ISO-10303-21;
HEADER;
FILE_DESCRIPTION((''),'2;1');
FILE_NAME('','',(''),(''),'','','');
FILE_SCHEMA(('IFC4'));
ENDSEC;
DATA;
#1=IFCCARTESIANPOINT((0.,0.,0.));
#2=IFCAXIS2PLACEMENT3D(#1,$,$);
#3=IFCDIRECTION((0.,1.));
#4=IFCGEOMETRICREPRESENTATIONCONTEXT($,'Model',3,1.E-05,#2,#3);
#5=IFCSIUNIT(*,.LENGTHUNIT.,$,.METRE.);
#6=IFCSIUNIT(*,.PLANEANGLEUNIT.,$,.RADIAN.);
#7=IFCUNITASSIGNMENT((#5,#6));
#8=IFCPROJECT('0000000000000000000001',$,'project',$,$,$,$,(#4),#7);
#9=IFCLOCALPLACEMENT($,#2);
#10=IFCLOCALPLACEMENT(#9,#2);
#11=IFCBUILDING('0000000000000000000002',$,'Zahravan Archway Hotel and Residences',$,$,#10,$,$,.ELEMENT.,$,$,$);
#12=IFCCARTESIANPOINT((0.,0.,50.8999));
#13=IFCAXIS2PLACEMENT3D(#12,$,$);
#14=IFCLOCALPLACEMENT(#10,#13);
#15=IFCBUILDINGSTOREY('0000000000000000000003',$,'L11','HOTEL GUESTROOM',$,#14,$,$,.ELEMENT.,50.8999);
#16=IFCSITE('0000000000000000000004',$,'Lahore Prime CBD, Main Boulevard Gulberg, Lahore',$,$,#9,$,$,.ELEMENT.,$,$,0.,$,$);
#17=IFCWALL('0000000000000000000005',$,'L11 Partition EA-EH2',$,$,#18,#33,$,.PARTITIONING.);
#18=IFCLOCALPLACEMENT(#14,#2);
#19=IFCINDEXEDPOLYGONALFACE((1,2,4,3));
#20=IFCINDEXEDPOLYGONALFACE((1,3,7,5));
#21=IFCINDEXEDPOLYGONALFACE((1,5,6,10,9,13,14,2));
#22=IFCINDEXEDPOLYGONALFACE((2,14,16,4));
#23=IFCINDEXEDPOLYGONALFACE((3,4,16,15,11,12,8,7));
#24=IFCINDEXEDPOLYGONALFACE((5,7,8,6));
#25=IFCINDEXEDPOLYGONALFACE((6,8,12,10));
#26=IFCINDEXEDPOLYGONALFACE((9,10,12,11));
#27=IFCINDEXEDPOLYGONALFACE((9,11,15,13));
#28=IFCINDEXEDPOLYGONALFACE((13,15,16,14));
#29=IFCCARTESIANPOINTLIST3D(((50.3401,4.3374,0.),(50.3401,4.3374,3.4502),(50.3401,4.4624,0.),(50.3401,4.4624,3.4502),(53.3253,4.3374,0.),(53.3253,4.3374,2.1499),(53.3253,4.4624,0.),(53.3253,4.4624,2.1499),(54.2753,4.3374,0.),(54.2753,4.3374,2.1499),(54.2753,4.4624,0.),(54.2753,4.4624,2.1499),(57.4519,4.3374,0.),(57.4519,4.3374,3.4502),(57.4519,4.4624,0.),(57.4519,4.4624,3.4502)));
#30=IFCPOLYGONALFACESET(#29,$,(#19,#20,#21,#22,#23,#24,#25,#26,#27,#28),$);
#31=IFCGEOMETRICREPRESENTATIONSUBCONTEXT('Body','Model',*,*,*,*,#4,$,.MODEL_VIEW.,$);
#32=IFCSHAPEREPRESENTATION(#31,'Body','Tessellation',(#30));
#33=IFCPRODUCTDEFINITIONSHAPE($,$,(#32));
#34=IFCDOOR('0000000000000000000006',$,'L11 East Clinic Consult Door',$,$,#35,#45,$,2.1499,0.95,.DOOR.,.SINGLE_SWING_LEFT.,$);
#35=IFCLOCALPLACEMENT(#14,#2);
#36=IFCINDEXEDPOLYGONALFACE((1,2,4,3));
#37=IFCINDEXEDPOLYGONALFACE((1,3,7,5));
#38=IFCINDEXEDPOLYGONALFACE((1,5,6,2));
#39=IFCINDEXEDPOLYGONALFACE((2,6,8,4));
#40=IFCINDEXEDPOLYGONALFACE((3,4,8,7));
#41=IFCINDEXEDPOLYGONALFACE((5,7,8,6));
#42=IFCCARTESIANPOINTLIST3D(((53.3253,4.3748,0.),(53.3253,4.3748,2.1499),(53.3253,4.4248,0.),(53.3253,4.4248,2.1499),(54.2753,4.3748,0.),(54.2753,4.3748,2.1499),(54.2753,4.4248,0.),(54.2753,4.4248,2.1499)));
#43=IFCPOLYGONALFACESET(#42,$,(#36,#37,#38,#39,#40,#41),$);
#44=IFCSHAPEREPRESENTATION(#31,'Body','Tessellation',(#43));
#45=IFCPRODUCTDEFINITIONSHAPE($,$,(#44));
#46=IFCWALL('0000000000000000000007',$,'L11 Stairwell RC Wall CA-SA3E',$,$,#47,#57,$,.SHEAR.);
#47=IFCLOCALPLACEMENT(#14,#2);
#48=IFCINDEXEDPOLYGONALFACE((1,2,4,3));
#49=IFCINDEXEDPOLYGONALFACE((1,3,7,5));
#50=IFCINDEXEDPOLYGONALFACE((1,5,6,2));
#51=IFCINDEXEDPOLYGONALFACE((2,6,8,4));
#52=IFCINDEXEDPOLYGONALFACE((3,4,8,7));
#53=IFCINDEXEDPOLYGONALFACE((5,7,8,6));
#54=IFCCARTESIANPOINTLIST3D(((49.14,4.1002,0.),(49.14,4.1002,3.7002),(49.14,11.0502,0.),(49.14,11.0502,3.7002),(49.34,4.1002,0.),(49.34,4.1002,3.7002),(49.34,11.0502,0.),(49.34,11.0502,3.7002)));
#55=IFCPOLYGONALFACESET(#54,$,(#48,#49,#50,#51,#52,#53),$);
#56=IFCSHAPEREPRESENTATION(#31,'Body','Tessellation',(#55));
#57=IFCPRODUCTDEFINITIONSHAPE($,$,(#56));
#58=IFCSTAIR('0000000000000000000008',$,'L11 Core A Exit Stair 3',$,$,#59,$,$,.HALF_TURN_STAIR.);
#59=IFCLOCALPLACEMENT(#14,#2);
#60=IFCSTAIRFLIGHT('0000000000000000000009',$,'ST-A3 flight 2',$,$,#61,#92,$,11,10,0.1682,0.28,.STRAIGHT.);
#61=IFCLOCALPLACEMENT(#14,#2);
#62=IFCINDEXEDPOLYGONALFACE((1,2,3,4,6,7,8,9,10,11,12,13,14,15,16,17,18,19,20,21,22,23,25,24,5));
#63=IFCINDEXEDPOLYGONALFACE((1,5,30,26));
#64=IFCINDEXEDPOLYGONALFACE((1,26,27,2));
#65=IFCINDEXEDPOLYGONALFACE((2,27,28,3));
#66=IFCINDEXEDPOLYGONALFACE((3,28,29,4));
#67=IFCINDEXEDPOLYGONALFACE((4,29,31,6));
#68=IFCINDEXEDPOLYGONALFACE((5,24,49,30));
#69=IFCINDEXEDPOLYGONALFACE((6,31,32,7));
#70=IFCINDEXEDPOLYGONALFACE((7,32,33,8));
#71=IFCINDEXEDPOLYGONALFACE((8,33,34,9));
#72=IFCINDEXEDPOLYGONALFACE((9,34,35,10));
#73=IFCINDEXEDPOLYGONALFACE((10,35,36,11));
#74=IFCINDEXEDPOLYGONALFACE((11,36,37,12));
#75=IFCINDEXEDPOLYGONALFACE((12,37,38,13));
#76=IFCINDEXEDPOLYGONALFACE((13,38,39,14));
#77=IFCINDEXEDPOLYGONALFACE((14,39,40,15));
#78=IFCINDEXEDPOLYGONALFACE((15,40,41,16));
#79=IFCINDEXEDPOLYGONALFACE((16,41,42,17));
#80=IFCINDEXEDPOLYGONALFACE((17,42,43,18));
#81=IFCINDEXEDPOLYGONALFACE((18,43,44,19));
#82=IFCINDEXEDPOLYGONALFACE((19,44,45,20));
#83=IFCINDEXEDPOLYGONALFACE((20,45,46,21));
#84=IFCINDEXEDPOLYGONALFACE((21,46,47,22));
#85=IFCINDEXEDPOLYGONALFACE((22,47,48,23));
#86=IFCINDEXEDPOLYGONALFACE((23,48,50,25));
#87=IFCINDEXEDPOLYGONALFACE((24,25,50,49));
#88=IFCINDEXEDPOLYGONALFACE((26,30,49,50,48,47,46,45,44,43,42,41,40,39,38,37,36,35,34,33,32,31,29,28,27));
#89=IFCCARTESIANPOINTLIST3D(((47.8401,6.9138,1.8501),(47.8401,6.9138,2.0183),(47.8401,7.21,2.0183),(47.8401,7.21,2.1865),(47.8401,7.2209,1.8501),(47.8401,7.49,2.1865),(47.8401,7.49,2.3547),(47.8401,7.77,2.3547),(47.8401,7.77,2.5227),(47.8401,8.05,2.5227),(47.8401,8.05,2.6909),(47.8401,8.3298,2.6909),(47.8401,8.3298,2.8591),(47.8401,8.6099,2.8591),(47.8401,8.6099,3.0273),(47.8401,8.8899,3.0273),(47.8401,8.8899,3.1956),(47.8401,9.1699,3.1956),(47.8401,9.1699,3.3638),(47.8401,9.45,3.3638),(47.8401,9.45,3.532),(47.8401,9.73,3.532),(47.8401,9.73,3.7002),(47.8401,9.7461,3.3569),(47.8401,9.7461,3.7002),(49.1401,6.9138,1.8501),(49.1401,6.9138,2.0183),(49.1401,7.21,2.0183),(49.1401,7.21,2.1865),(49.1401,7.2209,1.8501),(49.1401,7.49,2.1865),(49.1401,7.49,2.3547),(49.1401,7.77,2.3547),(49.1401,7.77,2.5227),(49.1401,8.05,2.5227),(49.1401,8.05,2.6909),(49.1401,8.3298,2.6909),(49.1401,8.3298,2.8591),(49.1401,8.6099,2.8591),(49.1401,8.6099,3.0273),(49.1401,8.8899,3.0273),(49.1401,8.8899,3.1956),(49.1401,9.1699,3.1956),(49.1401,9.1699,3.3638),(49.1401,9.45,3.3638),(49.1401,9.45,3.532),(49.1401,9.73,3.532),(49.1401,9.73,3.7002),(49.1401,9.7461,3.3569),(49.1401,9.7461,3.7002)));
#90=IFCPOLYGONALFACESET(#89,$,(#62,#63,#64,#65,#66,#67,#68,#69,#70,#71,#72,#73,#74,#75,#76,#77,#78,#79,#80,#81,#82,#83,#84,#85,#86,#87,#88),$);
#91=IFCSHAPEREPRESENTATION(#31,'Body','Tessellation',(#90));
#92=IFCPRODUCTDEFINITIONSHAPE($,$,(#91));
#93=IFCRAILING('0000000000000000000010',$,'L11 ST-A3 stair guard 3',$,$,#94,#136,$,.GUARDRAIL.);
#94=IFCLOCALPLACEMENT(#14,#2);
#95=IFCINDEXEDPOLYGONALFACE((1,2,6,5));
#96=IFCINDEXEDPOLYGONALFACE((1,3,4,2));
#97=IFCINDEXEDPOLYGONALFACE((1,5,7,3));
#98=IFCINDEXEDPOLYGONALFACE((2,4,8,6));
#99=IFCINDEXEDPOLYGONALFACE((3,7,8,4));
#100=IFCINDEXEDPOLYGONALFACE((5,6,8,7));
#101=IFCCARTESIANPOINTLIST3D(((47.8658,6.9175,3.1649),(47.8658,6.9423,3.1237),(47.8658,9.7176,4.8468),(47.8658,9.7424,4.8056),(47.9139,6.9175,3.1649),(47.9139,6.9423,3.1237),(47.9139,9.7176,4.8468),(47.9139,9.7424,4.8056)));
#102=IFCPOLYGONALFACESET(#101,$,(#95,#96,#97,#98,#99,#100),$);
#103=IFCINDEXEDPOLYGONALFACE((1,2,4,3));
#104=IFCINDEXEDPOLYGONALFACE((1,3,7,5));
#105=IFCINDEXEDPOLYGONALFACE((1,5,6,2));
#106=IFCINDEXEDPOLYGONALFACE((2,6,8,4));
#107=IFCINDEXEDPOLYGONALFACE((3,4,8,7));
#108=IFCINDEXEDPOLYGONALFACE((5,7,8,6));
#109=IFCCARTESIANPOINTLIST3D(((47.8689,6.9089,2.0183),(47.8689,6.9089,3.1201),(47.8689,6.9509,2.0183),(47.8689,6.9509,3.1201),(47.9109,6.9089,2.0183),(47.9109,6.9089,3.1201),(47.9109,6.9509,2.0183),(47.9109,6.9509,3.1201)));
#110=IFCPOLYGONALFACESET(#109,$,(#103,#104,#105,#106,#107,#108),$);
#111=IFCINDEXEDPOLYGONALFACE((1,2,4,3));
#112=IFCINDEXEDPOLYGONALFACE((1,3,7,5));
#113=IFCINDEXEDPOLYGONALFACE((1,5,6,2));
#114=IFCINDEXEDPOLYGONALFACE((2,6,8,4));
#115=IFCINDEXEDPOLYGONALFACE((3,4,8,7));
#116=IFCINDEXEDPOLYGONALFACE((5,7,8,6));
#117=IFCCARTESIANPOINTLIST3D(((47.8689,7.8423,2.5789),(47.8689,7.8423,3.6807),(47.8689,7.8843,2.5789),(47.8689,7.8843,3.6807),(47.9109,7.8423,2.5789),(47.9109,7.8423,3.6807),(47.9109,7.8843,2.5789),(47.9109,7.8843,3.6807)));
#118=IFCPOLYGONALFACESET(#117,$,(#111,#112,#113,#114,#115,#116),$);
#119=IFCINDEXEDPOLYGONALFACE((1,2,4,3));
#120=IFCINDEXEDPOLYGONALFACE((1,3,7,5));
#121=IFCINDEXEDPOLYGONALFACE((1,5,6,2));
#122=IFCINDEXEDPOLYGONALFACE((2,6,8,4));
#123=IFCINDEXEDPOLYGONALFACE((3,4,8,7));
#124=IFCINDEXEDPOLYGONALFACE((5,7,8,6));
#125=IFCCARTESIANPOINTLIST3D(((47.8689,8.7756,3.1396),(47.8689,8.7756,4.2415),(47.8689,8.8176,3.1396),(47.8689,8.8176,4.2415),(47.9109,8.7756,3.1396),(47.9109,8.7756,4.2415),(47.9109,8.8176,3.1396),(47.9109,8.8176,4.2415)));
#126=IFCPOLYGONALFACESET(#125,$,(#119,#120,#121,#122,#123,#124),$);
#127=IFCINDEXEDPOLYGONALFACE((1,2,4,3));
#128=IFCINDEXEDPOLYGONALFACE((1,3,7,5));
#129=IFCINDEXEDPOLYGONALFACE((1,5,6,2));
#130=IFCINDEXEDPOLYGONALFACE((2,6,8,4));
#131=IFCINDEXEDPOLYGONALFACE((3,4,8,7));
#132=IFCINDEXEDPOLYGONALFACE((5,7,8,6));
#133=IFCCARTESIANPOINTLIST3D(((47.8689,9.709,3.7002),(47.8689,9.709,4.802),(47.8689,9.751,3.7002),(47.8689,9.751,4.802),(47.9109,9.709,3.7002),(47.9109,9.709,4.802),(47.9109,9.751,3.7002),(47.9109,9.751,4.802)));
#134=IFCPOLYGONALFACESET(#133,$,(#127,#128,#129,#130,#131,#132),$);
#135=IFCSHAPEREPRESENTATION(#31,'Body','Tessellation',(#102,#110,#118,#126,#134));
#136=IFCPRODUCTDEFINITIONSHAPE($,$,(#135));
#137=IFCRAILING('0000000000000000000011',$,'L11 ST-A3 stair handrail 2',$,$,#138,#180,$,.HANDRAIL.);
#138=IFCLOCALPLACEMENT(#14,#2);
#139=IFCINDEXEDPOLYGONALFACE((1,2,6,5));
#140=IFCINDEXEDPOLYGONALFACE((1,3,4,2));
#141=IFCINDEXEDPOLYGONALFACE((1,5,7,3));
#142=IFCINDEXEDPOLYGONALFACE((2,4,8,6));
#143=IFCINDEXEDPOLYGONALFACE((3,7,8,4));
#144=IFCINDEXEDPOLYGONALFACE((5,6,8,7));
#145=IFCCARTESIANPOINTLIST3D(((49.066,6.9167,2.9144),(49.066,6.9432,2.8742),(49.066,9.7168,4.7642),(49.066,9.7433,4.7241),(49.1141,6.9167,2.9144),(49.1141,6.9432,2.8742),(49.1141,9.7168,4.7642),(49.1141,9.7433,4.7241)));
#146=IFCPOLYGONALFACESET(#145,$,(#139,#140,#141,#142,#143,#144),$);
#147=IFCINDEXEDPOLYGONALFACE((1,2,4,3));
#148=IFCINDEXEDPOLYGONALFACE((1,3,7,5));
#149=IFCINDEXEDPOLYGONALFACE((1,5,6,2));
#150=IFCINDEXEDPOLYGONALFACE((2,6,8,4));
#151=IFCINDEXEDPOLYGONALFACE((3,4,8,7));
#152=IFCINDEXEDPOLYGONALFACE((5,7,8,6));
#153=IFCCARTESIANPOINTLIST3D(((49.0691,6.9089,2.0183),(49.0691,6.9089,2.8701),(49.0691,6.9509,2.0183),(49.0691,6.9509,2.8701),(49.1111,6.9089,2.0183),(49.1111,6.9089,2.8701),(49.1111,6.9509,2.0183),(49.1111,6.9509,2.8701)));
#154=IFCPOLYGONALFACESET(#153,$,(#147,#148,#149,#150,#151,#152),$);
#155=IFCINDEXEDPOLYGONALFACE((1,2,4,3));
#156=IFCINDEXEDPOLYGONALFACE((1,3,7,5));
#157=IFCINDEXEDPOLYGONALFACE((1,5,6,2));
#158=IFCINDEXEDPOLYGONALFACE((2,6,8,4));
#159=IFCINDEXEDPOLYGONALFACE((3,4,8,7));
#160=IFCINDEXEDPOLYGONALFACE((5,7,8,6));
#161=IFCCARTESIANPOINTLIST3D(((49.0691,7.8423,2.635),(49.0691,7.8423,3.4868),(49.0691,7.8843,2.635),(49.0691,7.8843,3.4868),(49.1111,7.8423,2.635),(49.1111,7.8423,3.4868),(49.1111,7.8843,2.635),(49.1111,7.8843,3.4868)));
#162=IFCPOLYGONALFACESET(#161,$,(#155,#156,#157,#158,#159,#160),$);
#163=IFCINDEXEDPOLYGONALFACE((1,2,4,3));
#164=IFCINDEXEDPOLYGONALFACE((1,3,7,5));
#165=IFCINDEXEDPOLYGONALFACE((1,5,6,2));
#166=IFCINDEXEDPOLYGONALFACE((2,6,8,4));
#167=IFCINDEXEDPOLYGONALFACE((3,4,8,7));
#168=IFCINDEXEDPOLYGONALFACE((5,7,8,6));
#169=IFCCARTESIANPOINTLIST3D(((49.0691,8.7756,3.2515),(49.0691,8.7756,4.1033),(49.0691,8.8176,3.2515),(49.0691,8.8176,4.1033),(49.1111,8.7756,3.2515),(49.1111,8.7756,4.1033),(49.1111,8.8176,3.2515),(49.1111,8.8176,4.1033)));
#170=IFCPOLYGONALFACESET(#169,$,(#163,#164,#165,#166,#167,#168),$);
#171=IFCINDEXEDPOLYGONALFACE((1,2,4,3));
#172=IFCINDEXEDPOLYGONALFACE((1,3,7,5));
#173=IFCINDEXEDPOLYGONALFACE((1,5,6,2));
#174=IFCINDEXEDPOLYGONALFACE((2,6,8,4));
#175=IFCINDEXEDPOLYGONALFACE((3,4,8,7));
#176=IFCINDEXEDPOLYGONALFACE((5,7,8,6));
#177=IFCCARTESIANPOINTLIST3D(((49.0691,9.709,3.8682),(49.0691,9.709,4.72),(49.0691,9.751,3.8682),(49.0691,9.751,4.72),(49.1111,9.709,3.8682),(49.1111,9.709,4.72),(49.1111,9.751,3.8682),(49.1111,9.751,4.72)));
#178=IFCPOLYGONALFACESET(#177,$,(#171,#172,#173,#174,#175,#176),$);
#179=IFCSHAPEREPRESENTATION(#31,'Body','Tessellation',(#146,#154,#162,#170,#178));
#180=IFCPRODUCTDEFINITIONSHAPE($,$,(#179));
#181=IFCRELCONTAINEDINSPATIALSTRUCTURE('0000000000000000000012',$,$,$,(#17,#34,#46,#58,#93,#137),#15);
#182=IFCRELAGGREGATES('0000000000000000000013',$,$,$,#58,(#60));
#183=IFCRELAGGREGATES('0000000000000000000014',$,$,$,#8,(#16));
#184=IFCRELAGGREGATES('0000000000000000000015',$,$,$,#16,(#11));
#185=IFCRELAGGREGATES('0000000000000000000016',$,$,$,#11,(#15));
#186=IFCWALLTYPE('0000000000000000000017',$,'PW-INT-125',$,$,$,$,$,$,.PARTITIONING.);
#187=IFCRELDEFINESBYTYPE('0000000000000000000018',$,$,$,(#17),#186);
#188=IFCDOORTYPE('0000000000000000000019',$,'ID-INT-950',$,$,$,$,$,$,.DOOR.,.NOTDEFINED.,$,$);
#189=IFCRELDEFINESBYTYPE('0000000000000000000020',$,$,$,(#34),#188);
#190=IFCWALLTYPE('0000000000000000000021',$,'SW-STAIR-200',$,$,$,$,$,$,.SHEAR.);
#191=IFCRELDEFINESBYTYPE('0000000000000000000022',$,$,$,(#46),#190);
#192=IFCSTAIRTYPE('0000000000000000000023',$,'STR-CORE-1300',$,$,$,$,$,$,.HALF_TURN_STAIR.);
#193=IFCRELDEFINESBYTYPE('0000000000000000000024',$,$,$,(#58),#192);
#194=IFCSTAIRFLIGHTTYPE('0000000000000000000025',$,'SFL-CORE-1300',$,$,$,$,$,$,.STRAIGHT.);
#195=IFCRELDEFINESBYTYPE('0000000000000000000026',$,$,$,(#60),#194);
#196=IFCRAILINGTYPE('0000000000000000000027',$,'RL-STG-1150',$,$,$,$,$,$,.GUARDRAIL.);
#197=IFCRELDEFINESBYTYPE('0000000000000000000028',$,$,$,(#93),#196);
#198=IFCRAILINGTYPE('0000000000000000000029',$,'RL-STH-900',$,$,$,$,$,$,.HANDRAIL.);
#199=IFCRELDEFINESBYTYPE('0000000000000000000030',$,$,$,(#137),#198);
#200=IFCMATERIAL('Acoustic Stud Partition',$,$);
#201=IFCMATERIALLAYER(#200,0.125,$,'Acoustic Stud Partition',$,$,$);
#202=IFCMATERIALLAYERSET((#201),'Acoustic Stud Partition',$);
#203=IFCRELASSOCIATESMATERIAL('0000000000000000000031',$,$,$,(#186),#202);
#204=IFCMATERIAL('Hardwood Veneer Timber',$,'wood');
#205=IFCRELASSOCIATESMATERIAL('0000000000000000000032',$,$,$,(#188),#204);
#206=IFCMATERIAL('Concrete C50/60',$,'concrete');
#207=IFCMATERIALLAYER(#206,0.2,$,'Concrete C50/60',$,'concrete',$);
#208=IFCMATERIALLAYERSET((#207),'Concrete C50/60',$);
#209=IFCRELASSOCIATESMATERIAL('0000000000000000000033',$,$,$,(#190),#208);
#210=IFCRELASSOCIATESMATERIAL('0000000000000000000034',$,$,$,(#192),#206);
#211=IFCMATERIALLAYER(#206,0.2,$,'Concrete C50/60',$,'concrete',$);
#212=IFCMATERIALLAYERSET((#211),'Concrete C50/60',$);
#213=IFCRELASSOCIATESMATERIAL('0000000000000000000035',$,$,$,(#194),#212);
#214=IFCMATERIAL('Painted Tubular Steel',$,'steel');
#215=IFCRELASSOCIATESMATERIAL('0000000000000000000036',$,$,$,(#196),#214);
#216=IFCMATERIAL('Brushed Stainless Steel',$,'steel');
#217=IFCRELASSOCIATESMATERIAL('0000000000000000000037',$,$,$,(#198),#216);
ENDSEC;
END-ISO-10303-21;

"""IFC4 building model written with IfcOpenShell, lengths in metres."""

from ifc_helpers import new_model, si_unit, direction, frame, frame_2d, origin, origin_2d, place, context, subcontext, project, spatial, polyline, rectangle, outline, extrude, source, transform, mapped, material, layer, layer_set, type_object, type_shapes, element, fill, aggregate, save


model = new_model("IFC4")

# Units and contexts
model_context = context("Model", 3, precision=1e-05, world=origin(), true_north=direction((0.0, 1.0)))
body_context = subcontext(model_context, "Body", "Model", "MODEL_VIEW")
ifc_project = project(units=[si_unit("LENGTHUNIT", "METRE"), si_unit("PLANEANGLEUNIT", "RADIAN")], contexts=[model_context])

# Site, building, storey
site_placement = place(None, origin())
site = spatial("IfcSite", under=ifc_project, at=site_placement, Name="Lahore Prime CBD, Main Boulevard Gulberg, Lahore", CompositionType="ELEMENT", RefElevation=0.0)
building_placement = place(site_placement, origin())
building = spatial("IfcBuilding", under=site, at=building_placement, Name="Zahravan Archway Hotel and Residences", CompositionType="ELEMENT")
storey_placement = place(building_placement, frame((0.0, 0.0, 50.8999)))
storey = spatial("IfcBuildingStorey", under=building, at=storey_placement, Name="L11", Description="HOTEL GUESTROOM", CompositionType="ELEMENT", Elevation=50.8999)

# Wall, opening, door
ifc_material_1 = material(Name="Acoustic Stud Partition")
ifc_layer_1 = layer(ifc_material_1, 0.125, Name="Acoustic Stud Partition")
ifc_layer_set_1 = layer_set([ifc_layer_1], Name="Acoustic Stud Partition")
wall_type_1 = type_object("IfcWallType", Name="PW-INT-125", PredefinedType="PARTITIONING", material=ifc_layer_set_1)
wall_1_placement = place(storey_placement, frame((50.3401, 4.3999, 0.0), z_axis=(0.0, 0.0, 1.0), x_axis=(1.0, 0.0, 0.0)))
wall_1 = element("IfcWall", 1, at=wall_1_placement, inside=storey, type_object=wall_type_1, Name="L11 Partition EA-EH2", PredefinedType="PARTITIONING", context=body_context, shape_type="SweptSolid", body=[
    extrude(rectangle(XDim=7.1118, YDim=0.125, at=frame_2d((3.5559, 0.0))), origin(), (0.0, 0.0, 1.0), 3.4502),
])
opening_1_placement = place(wall_1_placement, frame((2.9851, 0.0, 0.0)))
opening_1 = element("IfcOpeningElement", 2, at=opening_1_placement, cuts=wall_1, PredefinedType="OPENING", context=body_context, shape_type="SweptSolid", body=[
    extrude(rectangle(XDim=0.95, YDim=2.1499, at=frame_2d((0.4751, 1.075))), frame((0.0, 0.0725, 0.0), z_axis=(0.0, -1.0, 0.0), x_axis=(1.0, 0.0, 0.0)), (0.0, 0.0, 1.0), 0.145),
])
ifc_material_2 = material(Name="Hardwood Veneer Timber", Category="wood")
door_type_1 = type_object("IfcDoorType", Name="ID-INT-950", OperationType="NOTDEFINED", PredefinedType="DOOR", material=ifc_material_2)
shared_shape_1 = source(origin(), body_context, "Body", "SweptSolid", [
    extrude(rectangle(XDim=0.95, YDim=2.1499, at=frame_2d((0.4751, 1.075))), frame((0.0, 0.0249, 0.0), z_axis=(0.0, -1.0, 0.0), x_axis=(1.0, 0.0, 0.0)), (0.0, 0.0, 1.0), 0.05),
])
type_shapes(door_type_1, [shared_shape_1])
door_1_placement = place(opening_1_placement, origin())
door_1 = element("IfcDoor", 3, at=door_1_placement, inside=storey, type_object=door_type_1, Name="L11 East Clinic Consult Door", OperationType="SINGLE_SWING_LEFT", OverallHeight=2.1499, OverallWidth=0.95, PredefinedType="DOOR", context=body_context, shape_type="MappedRepresentation", body=[
    mapped(shared_shape_1, transform((0.0, 0.0, 0.0), scale=1.0)),
])
fill(opening_1, door_1)

# Wall
ifc_material_3 = material(Name="Concrete C50/60", Category="concrete")
ifc_layer_2 = layer(ifc_material_3, 0.2, Name="Concrete C50/60", Category="concrete")
ifc_layer_set_2 = layer_set([ifc_layer_2], Name="Concrete C50/60")
wall_type_2 = type_object("IfcWallType", Name="SW-STAIR-200", PredefinedType="SHEAR", material=ifc_layer_set_2)
wall_2_placement = place(storey_placement, frame((49.24, 4.1001, 0.0), z_axis=(0.0, 0.0, 1.0), x_axis=(0.0, 1.0, 0.0)))
element("IfcWall", 4, at=wall_2_placement, inside=storey, type_object=wall_type_2, Name="L11 Stairwell RC Wall CA-SA3E", PredefinedType="SHEAR", context=body_context, shape_type="SweptSolid", body=[
    extrude(rectangle(XDim=6.95, YDim=0.2, at=frame_2d((3.4751, 0.0))), origin(), (0.0, 0.0, 1.0), 3.7002),
])

# Stair, stair flight
stair_type = type_object("IfcStairType", Name="STR-CORE-1300", PredefinedType="HALF_TURN_STAIR", material=ifc_material_3)
stair_placement = place(storey_placement, origin())
stair = element("IfcStair", 5, at=stair_placement, inside=storey, type_object=stair_type, Name="L11 Core A Exit Stair 3", PredefinedType="HALF_TURN_STAIR")
ifc_layer_3 = layer(ifc_material_3, 0.2, Name="Concrete C50/60", Category="concrete")
ifc_layer_set_3 = layer_set([ifc_layer_3], Name="Concrete C50/60")
stair_flight_type = type_object("IfcStairFlightType", Name="SFL-CORE-1300", PredefinedType="STRAIGHT", material=ifc_layer_set_3)
shared_shape_2 = source(origin(), body_context, "Body", "SweptSolid", [
    extrude(outline(polyline([(-0.0161, 0.0), (-0.0161, 0.1682), (0.28, 0.1682), (0.28, 0.3364), (0.5601, 0.3364), (0.5601, 0.5046), (0.8401, 0.5046), (0.8401, 0.6726), (1.1201, 0.6726), (1.1201, 0.8408), (1.3999, 0.8408), (1.3999, 1.009), (1.6799, 1.009), (1.6799, 1.1772), (1.96, 1.1772), (1.96, 1.3455), (2.24, 1.3455), (2.24, 1.5137), (2.52, 1.5137), (2.52, 1.6819), (2.8, 1.6819), (2.8, 1.8501), (2.8162, 1.8501), (2.8162, 1.5068), (0.291, 0.0), (-0.0161, 0.0)])), frame((0.0, 0.6499, 0.0), z_axis=(0.0, -1.0, 0.0), x_axis=(1.0, 0.0, 0.0)), (0.0, 0.0, 1.0), 1.3),
])
stair_flight_placement = place(storey_placement, frame((48.49, 6.9299, 1.8501), z_axis=(0.0, 0.0, 1.0), x_axis=(0.0, 1.0, 0.0)))
stair_flight = element("IfcStairFlight", 6, at=stair_flight_placement, type_object=stair_flight_type, Name="ST-A3 flight 2", NumberOfRisers=11, NumberOfTreads=10, PredefinedType="STRAIGHT", RiserHeight=0.1682, TreadLength=0.28, context=body_context, shape_type="MappedRepresentation", body=[
    mapped(shared_shape_2, transform((0.0, 0.0, 0.0), scale=1.0)),
])
aggregate(stair, [stair_flight])

# Railings
ifc_material_4 = material(Name="Painted Tubular Steel", Category="steel")
railing_type_1 = type_object("IfcRailingType", Name="RL-STG-1150", PredefinedType="GUARDRAIL", material=ifc_material_4)
railing_1_placement = place(storey_placement, frame((47.8899, 6.9299, 2.0183)))
element("IfcRailing", 7, at=railing_1_placement, inside=storey, type_object=railing_type_1, Name="L11 ST-A3 stair guard 3", PredefinedType="GUARDRAIL", context=body_context, shape_type="SweptSolid", body=[
    extrude(rectangle(XDim=0.0481, YDim=0.0481, at=origin_2d()), frame((0.0, 0.0, 1.126), z_axis=(0.0, 0.857242, 0.514913), x_axis=(-1.0, 0.0, 0.0)), (0.0, 0.0, 1.0), 3.2664),
    extrude(rectangle(XDim=0.042, YDim=0.042, at=origin_2d()), origin(), (0.0, 0.0, 1.0), 1.1018),
    extrude(rectangle(XDim=0.042, YDim=0.042, at=origin_2d()), frame((0.0, 0.9333, 0.5605)), (0.0, 0.0, 1.0), 1.1018),
    extrude(rectangle(XDim=0.042, YDim=0.042, at=origin_2d()), frame((0.0, 1.8667, 1.1213)), (0.0, 0.0, 1.0), 1.1018),
    extrude(rectangle(XDim=0.042, YDim=0.042, at=origin_2d()), frame((0.0, 2.8, 1.6819)), (0.0, 0.0, 1.0), 1.1018),
])
ifc_material_5 = material(Name="Brushed Stainless Steel", Category="steel")
railing_type_2 = type_object("IfcRailingType", Name="RL-STH-900", PredefinedType="HANDRAIL", material=ifc_material_5)
railing_2_placement = place(storey_placement, frame((49.0901, 6.9299, 2.0183)))
element("IfcRailing", 8, at=railing_2_placement, inside=storey, type_object=railing_type_2, Name="L11 ST-A3 stair handrail 2", PredefinedType="HANDRAIL", context=body_context, shape_type="SweptSolid", body=[
    extrude(rectangle(XDim=0.0481, YDim=0.0481, at=origin_2d()), frame((0.0, 0.0, 0.876), z_axis=(0.0, 0.83436, 0.55122), x_axis=(-1.0, 0.0, 0.0)), (0.0, 0.0, 1.0), 3.356),
    extrude(rectangle(XDim=0.042, YDim=0.042, at=origin_2d()), origin(), (0.0, 0.0, 1.0), 0.8518),
    extrude(rectangle(XDim=0.042, YDim=0.042, at=origin_2d()), frame((0.0, 0.9333, 0.6167)), (0.0, 0.0, 1.0), 0.8518),
    extrude(rectangle(XDim=0.042, YDim=0.042, at=origin_2d()), frame((0.0, 1.8667, 1.2332)), (0.0, 0.0, 1.0), 0.8518),
    extrude(rectangle(XDim=0.042, YDim=0.042, at=origin_2d()), frame((0.0, 2.8, 1.8499)), (0.0, 0.0, 1.0), 0.8518),
])

save(model, "model.ifc")
